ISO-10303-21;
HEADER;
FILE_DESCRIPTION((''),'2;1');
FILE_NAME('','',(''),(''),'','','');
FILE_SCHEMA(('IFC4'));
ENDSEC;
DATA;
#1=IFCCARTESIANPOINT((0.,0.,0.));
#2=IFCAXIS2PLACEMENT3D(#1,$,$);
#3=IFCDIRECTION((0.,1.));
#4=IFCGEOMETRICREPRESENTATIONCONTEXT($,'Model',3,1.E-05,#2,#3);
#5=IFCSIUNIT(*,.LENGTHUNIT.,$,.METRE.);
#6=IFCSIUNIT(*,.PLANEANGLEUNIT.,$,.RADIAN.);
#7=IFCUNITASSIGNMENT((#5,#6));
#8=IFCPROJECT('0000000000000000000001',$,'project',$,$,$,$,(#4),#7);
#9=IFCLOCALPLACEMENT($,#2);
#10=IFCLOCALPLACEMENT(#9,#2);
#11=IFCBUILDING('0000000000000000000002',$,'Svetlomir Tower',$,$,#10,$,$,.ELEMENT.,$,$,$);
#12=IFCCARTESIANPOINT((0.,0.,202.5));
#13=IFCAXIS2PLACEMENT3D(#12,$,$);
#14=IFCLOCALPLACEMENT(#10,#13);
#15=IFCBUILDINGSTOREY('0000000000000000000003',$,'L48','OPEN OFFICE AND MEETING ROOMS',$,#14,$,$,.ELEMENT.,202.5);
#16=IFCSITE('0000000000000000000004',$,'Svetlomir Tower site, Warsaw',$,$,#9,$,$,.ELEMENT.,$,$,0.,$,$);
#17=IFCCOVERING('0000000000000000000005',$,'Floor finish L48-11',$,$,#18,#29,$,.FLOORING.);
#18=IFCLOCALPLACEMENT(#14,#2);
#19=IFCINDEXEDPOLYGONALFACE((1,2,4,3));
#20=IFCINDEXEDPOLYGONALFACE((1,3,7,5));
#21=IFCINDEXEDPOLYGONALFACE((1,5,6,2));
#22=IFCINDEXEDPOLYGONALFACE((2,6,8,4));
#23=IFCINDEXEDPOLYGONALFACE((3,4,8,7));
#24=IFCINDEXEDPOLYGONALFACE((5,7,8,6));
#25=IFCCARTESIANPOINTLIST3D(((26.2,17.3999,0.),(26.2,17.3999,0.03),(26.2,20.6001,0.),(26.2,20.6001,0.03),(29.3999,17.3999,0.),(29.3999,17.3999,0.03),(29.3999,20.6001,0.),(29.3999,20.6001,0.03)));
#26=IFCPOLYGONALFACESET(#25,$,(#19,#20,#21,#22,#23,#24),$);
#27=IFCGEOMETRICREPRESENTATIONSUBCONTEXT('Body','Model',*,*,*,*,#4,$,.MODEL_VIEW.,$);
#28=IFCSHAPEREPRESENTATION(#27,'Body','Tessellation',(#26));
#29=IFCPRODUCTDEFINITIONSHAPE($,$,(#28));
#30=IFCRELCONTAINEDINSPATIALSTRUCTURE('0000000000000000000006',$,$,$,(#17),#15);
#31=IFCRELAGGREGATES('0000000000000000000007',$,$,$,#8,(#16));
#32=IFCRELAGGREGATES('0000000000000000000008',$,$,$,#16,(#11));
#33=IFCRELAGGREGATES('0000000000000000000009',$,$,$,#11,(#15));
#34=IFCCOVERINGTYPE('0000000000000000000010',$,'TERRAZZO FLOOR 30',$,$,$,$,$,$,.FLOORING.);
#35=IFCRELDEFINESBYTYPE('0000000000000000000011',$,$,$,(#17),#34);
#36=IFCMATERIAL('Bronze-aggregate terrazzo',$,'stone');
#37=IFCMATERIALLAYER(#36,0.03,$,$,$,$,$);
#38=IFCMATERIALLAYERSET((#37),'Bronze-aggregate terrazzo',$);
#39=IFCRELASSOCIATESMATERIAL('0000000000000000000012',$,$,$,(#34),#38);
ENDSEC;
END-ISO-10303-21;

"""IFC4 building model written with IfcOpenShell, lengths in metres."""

from ifc_helpers import new_model, si_unit, direction, frame, origin, place, context, subcontext, project, spatial, polyline, outline, extrude, material, layer, layer_set, type_object, element, save


model = new_model("IFC4")

# Units and contexts
model_context = context("Model", 3, precision=1e-05, world=origin(), true_north=direction((0.0, 1.0)))
body_context = subcontext(model_context, "Body", "Model", "MODEL_VIEW")
ifc_project = project(units=[si_unit("LENGTHUNIT", "METRE"), si_unit("PLANEANGLEUNIT", "RADIAN")], contexts=[model_context])

# Site, building, storey
site_placement = place(None, origin())
site = spatial("IfcSite", under=ifc_project, at=site_placement, Name="Svetlomir Tower site, Warsaw", CompositionType="ELEMENT", RefElevation=0.0)
building_placement = place(site_placement, origin())
building = spatial("IfcBuilding", under=site, at=building_placement, Name="Svetlomir Tower", CompositionType="ELEMENT")
storey_placement = place(building_placement, frame((0.0, 0.0, 202.5)))
storey = spatial("IfcBuildingStorey", under=building, at=storey_placement, Name="L48", Description="OPEN OFFICE AND MEETING ROOMS", CompositionType="ELEMENT", Elevation=202.5)

# Covering
ifc_material_1 = material(Name="Bronze-aggregate terrazzo", Category="stone")
ifc_layer_1 = layer(ifc_material_1, 0.03)
ifc_layer_set_1 = layer_set([ifc_layer_1], Name="Bronze-aggregate terrazzo")
covering_type_1 = type_object("IfcCoveringType", Name="TERRAZZO FLOOR 30", PredefinedType="FLOORING", material=ifc_layer_set_1)
covering_1_placement = place(storey_placement, origin())
element("IfcCovering", 1, at=covering_1_placement, inside=storey, type_object=covering_type_1, Name="Floor finish L48-11", PredefinedType="FLOORING", context=body_context, shape_type="SweptSolid", body=[
    extrude(outline(polyline([(26.2, 17.3999), (29.3999, 17.3999), (29.3999, 20.6001), (26.2, 20.6001), (26.2, 17.3999)])), origin(), (0.0, 0.0, 1.0), 0.03),
])

save(model, "model.ifc")
